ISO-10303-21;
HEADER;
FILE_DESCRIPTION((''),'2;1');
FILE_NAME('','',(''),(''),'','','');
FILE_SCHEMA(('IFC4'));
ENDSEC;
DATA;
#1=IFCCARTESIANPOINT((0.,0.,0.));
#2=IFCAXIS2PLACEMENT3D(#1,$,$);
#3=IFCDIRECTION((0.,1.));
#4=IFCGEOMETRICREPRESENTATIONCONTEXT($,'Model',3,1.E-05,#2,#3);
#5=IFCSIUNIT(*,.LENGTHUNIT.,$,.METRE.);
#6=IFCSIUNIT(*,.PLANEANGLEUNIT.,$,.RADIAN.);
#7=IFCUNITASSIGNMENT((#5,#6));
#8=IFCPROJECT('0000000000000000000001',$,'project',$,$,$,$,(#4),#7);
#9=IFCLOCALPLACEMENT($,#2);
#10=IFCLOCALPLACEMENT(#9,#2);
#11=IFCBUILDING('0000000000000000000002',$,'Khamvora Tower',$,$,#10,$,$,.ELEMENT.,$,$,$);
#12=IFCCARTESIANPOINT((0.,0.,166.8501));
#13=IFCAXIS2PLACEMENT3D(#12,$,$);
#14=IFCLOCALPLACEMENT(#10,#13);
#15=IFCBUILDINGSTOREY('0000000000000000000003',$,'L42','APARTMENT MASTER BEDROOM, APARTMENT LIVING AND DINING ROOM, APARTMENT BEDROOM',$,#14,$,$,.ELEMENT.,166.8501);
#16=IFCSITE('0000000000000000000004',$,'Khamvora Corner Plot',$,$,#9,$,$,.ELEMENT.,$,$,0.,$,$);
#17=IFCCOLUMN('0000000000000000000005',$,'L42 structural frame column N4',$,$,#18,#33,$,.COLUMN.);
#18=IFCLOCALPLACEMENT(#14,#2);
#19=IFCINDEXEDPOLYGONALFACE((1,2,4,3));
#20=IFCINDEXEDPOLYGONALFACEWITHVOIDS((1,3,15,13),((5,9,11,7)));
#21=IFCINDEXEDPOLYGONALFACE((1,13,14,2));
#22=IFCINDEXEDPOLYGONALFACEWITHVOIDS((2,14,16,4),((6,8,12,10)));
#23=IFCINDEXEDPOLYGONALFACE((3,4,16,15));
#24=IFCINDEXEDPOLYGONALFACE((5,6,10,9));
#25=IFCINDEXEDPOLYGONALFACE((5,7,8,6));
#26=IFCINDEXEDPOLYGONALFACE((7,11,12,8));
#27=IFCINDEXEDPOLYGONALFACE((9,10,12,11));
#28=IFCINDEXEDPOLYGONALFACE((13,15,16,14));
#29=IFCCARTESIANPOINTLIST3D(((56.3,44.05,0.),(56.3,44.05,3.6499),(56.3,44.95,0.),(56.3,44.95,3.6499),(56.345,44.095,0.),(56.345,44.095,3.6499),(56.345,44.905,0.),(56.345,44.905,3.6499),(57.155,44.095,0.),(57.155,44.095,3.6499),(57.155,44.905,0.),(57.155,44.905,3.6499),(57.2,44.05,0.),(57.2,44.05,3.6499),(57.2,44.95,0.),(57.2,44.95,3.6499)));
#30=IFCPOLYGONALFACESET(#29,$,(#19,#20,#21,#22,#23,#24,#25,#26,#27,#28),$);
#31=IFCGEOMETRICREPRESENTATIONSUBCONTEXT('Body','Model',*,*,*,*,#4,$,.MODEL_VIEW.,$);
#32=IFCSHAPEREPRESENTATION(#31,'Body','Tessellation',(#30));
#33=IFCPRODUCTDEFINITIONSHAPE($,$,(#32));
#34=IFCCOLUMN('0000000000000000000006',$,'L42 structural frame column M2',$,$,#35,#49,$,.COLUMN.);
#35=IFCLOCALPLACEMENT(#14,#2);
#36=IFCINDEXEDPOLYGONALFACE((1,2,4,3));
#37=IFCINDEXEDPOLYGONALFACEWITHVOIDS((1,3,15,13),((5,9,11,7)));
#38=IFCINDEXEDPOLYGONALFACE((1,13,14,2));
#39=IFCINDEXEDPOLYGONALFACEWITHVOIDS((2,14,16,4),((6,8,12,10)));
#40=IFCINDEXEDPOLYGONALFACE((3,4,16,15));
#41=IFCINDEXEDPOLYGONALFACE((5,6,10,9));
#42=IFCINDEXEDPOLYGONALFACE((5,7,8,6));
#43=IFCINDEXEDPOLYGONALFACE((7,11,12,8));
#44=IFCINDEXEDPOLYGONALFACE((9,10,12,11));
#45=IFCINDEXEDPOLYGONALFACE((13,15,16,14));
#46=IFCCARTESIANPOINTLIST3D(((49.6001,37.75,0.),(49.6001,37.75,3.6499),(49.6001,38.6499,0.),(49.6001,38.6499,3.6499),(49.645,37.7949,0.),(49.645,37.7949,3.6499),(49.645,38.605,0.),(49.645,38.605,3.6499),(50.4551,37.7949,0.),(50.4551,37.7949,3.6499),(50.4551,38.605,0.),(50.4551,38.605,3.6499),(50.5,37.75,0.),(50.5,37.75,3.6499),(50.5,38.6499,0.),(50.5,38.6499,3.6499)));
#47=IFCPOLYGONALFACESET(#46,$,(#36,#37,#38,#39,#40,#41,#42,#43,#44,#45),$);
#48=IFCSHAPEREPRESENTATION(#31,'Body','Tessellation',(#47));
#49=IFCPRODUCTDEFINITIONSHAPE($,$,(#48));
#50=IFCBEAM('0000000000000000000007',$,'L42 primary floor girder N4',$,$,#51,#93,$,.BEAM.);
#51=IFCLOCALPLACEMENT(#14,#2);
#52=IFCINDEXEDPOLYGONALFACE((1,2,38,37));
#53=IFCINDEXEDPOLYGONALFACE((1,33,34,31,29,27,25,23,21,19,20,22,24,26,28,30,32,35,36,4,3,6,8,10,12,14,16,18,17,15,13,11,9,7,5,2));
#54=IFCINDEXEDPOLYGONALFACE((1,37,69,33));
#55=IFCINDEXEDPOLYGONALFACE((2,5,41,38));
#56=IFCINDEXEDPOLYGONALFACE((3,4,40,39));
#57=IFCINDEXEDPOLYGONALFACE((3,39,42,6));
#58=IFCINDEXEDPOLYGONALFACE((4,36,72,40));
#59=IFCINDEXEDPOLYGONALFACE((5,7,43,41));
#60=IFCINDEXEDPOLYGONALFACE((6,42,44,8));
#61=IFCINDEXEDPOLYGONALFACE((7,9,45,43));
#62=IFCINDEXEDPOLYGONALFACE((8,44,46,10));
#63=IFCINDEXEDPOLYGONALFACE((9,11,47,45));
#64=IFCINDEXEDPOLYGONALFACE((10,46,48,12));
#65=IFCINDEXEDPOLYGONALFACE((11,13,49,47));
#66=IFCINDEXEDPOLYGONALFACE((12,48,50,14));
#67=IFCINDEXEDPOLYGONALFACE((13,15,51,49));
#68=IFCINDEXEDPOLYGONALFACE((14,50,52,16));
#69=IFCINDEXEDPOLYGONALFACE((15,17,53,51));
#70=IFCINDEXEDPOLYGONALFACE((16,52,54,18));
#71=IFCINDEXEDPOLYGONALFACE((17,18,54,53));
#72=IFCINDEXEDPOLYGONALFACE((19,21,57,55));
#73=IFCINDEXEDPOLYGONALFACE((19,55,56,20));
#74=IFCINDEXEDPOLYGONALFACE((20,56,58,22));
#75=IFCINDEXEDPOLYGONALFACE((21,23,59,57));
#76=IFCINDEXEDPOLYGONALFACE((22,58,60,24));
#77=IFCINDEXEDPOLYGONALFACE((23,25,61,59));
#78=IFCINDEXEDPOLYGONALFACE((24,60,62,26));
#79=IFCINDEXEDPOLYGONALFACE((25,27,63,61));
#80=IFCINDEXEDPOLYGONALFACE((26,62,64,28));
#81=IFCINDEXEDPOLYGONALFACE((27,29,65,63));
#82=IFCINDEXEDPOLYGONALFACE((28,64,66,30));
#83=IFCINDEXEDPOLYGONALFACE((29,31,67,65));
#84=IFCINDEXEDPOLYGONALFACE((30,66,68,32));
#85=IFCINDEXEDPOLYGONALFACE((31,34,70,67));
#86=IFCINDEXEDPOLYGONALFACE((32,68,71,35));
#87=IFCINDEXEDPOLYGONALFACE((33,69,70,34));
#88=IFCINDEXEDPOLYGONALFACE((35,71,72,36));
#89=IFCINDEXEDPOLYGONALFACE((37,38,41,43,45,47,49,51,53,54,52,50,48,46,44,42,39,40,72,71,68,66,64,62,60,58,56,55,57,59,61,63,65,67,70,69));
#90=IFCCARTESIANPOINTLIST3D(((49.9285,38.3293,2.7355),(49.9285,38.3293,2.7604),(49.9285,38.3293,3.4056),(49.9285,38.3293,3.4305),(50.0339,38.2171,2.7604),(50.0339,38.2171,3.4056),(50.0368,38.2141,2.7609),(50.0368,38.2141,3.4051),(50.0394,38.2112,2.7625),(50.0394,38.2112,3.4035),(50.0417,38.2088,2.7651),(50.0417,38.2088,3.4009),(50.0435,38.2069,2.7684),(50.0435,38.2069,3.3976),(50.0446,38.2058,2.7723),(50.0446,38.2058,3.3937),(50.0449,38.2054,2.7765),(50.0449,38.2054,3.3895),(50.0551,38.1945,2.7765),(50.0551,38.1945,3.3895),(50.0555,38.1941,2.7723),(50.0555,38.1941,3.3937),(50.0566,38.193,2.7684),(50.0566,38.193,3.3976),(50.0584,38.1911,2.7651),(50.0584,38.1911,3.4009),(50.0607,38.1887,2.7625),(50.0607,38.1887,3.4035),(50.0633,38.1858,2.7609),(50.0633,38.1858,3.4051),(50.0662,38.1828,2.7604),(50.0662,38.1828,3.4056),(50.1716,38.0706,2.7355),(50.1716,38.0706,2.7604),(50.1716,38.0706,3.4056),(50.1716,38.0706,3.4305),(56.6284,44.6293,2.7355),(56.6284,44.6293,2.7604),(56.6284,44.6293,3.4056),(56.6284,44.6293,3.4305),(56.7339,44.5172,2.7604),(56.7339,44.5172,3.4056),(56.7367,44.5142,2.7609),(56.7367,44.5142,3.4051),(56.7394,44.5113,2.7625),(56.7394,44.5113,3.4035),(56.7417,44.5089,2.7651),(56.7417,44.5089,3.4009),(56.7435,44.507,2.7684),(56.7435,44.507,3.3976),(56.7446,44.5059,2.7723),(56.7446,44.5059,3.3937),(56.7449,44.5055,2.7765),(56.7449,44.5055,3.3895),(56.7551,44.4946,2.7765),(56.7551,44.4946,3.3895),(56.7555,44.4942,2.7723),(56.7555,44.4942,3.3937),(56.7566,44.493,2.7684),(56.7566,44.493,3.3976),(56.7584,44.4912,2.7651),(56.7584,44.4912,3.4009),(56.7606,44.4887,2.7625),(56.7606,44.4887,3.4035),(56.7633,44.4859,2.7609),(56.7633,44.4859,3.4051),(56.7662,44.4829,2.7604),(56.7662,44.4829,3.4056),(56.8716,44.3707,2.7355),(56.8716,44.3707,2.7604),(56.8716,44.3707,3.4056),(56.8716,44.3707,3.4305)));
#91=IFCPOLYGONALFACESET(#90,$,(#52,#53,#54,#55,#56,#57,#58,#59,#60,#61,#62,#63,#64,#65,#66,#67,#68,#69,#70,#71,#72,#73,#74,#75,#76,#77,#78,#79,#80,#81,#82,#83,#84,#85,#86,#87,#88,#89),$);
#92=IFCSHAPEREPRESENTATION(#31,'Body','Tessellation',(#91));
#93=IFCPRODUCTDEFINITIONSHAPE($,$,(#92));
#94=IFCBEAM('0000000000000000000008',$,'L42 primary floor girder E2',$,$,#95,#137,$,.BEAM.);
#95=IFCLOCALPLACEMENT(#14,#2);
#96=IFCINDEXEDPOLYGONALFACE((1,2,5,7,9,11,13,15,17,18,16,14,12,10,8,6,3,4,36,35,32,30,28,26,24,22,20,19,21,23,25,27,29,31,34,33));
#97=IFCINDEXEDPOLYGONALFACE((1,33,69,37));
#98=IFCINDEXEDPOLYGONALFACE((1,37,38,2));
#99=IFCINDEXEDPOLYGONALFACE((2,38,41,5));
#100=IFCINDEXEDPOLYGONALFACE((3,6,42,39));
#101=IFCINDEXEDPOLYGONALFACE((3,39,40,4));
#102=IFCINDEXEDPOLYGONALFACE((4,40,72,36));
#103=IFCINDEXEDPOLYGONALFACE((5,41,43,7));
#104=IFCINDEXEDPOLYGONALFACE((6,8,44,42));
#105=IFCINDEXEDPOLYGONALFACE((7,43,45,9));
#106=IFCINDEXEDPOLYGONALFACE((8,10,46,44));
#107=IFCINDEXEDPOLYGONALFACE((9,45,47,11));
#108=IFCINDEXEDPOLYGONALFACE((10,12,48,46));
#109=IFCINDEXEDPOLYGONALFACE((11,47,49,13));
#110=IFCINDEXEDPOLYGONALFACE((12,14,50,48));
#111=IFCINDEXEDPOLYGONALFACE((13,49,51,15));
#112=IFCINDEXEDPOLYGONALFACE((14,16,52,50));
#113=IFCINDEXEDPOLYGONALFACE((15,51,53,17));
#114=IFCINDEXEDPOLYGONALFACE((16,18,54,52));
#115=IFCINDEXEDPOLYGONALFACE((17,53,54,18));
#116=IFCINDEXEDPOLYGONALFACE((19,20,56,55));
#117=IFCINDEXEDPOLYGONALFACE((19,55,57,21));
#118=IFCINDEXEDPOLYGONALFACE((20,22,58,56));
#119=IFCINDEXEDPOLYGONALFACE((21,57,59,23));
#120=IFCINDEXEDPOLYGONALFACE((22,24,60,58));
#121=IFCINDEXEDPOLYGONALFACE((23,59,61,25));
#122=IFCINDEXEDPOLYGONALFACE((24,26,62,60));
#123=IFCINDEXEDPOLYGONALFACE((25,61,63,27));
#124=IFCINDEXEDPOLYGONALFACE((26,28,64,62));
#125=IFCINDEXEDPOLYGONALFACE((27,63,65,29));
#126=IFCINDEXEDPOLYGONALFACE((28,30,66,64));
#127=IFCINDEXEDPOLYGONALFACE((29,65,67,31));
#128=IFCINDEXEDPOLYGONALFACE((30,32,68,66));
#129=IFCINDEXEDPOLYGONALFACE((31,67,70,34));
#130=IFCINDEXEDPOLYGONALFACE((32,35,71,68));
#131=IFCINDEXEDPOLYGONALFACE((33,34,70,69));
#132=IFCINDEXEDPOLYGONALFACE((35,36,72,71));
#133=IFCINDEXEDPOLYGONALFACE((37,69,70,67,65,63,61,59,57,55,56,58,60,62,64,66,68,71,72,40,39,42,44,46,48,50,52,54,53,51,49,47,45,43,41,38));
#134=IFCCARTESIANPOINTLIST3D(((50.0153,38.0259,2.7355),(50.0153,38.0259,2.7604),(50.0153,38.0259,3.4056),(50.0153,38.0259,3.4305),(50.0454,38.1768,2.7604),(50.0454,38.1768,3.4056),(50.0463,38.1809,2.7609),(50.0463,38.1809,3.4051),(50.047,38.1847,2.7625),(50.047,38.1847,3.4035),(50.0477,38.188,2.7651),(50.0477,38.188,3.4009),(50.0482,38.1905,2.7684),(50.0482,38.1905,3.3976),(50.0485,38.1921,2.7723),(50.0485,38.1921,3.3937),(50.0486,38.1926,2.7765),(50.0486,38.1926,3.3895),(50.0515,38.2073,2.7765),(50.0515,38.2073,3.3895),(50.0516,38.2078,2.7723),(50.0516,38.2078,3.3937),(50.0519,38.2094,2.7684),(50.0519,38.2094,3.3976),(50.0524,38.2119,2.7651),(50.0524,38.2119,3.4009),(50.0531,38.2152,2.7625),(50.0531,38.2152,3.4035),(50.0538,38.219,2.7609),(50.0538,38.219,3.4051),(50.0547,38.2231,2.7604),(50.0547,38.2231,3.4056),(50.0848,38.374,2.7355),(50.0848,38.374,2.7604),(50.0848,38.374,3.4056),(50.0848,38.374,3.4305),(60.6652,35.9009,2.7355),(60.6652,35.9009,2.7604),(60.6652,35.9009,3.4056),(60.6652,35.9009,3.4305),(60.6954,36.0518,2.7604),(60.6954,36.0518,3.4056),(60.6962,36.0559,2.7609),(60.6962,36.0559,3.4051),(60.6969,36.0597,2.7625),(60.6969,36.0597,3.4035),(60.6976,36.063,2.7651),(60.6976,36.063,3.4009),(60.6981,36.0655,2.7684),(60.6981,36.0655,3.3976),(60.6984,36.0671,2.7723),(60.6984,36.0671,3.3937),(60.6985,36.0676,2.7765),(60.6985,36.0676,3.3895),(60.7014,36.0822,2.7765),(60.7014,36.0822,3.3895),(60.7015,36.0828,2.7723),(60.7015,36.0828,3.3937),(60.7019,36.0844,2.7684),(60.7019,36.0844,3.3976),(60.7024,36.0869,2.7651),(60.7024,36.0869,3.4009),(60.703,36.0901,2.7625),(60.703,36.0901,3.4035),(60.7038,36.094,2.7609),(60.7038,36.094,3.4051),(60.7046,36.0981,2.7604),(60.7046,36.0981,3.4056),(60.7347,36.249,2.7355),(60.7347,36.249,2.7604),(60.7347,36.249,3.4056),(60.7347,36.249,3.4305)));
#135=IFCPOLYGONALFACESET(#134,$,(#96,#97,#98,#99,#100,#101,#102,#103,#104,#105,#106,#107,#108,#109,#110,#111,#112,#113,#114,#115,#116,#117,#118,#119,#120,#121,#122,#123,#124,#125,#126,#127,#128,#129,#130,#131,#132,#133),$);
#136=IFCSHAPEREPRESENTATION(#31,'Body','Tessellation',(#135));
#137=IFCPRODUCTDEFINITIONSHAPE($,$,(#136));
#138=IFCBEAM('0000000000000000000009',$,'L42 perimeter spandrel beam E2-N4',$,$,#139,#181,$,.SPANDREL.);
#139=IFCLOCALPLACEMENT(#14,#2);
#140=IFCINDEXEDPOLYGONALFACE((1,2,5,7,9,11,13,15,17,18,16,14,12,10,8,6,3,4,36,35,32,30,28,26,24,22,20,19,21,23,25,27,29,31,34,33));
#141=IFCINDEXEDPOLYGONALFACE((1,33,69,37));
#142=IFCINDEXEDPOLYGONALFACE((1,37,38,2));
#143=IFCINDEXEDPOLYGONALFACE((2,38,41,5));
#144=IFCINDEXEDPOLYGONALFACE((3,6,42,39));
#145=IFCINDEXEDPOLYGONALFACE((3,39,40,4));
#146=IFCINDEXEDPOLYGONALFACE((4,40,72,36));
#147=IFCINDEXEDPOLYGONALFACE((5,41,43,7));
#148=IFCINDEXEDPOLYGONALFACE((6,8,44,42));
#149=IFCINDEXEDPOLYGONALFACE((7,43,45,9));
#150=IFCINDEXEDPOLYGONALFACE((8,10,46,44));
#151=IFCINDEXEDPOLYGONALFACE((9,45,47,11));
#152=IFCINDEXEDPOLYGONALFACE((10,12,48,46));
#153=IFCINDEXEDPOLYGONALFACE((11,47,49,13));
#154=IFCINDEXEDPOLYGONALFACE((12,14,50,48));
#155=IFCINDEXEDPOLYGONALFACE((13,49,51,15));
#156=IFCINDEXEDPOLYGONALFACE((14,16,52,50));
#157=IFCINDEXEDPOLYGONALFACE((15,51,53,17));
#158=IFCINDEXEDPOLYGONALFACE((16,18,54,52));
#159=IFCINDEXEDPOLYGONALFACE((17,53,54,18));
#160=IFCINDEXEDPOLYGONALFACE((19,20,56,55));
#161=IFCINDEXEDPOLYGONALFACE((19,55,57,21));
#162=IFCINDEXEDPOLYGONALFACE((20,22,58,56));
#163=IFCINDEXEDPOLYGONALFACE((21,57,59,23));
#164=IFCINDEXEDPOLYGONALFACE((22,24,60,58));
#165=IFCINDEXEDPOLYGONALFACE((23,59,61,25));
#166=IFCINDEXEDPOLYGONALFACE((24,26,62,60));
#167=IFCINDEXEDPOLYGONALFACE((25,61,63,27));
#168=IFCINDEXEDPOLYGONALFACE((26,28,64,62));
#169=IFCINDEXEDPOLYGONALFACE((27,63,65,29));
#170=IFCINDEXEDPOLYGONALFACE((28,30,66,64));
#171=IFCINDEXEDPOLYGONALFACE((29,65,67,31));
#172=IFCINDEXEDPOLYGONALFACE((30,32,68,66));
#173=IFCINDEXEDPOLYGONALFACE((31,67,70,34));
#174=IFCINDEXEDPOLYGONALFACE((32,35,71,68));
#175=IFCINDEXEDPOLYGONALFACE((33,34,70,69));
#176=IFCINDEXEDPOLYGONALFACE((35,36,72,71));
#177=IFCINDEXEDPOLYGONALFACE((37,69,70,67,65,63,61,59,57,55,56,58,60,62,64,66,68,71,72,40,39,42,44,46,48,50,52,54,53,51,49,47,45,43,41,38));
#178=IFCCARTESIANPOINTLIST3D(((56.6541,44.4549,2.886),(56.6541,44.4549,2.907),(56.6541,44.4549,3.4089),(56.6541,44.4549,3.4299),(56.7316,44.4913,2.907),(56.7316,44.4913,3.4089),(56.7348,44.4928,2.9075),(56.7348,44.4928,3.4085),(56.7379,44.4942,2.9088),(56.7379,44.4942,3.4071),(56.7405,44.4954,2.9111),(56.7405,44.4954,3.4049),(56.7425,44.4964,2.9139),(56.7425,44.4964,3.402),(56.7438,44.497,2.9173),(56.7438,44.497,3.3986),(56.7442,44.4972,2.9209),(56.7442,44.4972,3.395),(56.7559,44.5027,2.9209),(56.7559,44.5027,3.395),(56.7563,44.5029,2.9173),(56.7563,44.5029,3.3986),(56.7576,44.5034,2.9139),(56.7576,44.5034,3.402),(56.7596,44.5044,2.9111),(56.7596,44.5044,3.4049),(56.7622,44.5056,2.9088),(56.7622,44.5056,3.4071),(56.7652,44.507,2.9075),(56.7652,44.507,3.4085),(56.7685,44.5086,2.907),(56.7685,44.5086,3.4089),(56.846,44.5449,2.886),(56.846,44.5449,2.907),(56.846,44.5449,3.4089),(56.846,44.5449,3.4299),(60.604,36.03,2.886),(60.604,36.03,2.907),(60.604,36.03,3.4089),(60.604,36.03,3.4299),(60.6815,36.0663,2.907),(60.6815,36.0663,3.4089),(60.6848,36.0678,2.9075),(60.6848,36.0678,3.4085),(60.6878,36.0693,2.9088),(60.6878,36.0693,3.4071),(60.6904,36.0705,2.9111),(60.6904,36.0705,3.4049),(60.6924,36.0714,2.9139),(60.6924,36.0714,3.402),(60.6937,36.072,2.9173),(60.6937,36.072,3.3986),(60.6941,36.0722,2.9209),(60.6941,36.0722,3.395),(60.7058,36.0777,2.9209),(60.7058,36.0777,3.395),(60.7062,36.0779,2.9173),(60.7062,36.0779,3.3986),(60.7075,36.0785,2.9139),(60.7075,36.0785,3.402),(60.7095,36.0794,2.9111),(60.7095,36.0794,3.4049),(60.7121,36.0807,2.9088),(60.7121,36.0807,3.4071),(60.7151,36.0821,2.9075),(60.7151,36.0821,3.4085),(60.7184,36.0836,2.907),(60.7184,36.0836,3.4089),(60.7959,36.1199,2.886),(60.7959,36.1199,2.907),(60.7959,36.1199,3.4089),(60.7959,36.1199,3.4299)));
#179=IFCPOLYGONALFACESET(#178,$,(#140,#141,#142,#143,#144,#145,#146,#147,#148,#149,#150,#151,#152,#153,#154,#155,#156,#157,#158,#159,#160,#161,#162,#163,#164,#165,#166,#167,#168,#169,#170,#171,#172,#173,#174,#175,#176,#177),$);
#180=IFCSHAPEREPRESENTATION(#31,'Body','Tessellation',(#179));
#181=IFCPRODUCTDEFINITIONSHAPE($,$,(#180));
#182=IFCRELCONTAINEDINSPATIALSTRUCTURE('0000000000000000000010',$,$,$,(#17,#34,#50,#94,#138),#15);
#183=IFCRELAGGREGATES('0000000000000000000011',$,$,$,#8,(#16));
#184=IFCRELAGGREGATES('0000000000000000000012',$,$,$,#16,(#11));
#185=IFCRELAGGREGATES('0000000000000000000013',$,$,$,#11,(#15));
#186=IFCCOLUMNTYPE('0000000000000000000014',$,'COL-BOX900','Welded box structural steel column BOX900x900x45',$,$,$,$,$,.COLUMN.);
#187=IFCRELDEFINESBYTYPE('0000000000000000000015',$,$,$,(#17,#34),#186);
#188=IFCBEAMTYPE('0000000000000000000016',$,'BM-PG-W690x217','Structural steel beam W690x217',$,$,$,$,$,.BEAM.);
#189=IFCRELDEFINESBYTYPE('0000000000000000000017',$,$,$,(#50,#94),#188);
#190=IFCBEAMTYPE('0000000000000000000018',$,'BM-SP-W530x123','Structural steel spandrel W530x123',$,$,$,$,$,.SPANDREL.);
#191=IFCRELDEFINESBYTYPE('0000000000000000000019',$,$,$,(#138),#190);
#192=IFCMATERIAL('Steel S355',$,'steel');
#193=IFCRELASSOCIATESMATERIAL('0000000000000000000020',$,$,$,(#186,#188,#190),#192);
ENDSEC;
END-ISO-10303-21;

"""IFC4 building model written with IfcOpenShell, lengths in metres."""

from ifc_helpers import new_model, si_unit, direction, frame, origin, origin_2d, place, context, subcontext, project, spatial, hollow_rectangle, i_section, extrude, material, material_profile, profile_set, type_object, element, save


model = new_model("IFC4")

# Units and contexts
model_context = context("Model", 3, precision=1e-05, world=origin(), true_north=direction((0.0, 1.0)))
body_context = subcontext(model_context, "Body", "Model", "MODEL_VIEW")
ifc_project = project(units=[si_unit("LENGTHUNIT", "METRE"), si_unit("PLANEANGLEUNIT", "RADIAN")], contexts=[model_context])

# Site, building, storey
site_placement = place(None, origin())
site = spatial("IfcSite", under=ifc_project, at=site_placement, Name="Khamvora Corner Plot", CompositionType="ELEMENT", RefElevation=0.0)
building_placement = place(site_placement, origin())
building = spatial("IfcBuilding", under=site, at=building_placement, Name="Khamvora Tower", CompositionType="ELEMENT")
storey_placement = place(building_placement, frame((0.0, 0.0, 166.8501)))
storey = spatial("IfcBuildingStorey", under=building, at=storey_placement, Name="L42", Description="APARTMENT MASTER BEDROOM, APARTMENT LIVING AND DINING ROOM, APARTMENT BEDROOM", CompositionType="ELEMENT", Elevation=166.8501)

# Columns
ifc_material_1 = material(Name="Steel S355", Category="steel")
ifc_material_profile_1 = material_profile(ifc_material_1, hollow_rectangle(XDim=0.8999, YDim=0.8999, WallThickness=0.0449, at=origin_2d()), Name="BOX900x900x45")
ifc_profile_set_1 = profile_set([ifc_material_profile_1], Name="Steel S355")
column_type = type_object("IfcColumnType", Name="COL-BOX900", Description="Welded box structural steel column BOX900x900x45", PredefinedType="COLUMN", material=ifc_profile_set_1)
for number, where, z_axis, x_axis, name in (
    (1, (56.75, 44.5, 0.0), (0.0, 0.0, 1.0), (1.0, 0.0, 0.0), "L42 structural frame column N4"),
    (2, (50.05, 38.2, 0.0), (0.0, 0.0, 1.0), (1.0, 0.0, 0.0), "L42 structural frame column M2"),
):
    element("IfcColumn", number, at=place(storey_placement, frame(where, z_axis=z_axis, x_axis=x_axis)), inside=storey, type_object=column_type, Name=name, PredefinedType="COLUMN", context=body_context, shape_type="SweptSolid", body=[
        extrude(hollow_rectangle(XDim=0.8999, YDim=0.8999, WallThickness=0.0449, at=origin_2d()), origin(), (0.0, 0.0, 1.0), 3.6499),
    ])

# Beams
ifc_material_profile_2 = material_profile(ifc_material_1, i_section(OverallWidth=0.355, OverallDepth=0.6951, WebThickness=0.0149, FlangeThickness=0.0249, FilletRadius=0.0161, at=origin_2d()), Name="W690x217")
ifc_profile_set_2 = profile_set([ifc_material_profile_2], Name="Steel S355")
beam_type_1 = type_object("IfcBeamType", Name="BM-PG-W690x217", Description="Structural steel beam W690x217", PredefinedType="BEAM", material=ifc_profile_set_2)
beam_1_placement = place(storey_placement, frame((50.05, 38.2, 3.083), z_axis=(0.728514, 0.685031, 0.0), x_axis=(-0.685031, 0.728514, 0.0)))
element("IfcBeam", 3, at=beam_1_placement, inside=storey, type_object=beam_type_1, Name="L42 primary floor girder N4", PredefinedType="BEAM", context=body_context, shape_type="SweptSolid", body=[
    extrude(i_section(OverallWidth=0.355, OverallDepth=0.6951, WebThickness=0.0149, FlangeThickness=0.0249, FilletRadius=0.0161, at=origin_2d()), origin(), (0.0, 0.0, 1.0), 9.1968),
])
beam_2_placement = place(storey_placement, frame((50.05, 38.2, 3.083), z_axis=(0.980669, -0.195675, 0.0), x_axis=(0.195675, 0.980669, 0.0)))
element("IfcBeam", 4, at=beam_2_placement, inside=storey, type_object=beam_type_1, Name="L42 primary floor girder E2", PredefinedType="BEAM", context=body_context, shape_type="SweptSolid", body=[
    extrude(i_section(OverallWidth=0.355, OverallDepth=0.6951, WebThickness=0.0149, FlangeThickness=0.0249, FilletRadius=0.0161, at=origin_2d()), origin(), (0.0, 0.0, 1.0), 10.8599),
])
ifc_material_profile_3 = material_profile(ifc_material_1, i_section(OverallWidth=0.2119, OverallDepth=0.5439, WebThickness=0.0129, FlangeThickness=0.021, FilletRadius=0.0139, at=origin_2d()), Name="W530x123")
ifc_profile_set_3 = profile_set([ifc_material_profile_3], Name="Steel S355")
beam_type_2 = type_object("IfcBeamType", Name="BM-SP-W530x123", Description="Structural steel spandrel W530x123", PredefinedType="SPANDREL", material=ifc_profile_set_3)
beam_3_placement = place(storey_placement, frame((60.7, 36.075, 3.158), z_axis=(-0.424496, 0.90543, 0.0), x_axis=(-0.90543, -0.424496, 0.0)))
element("IfcBeam", 5, at=beam_3_placement, inside=storey, type_object=beam_type_2, Name="L42 perimeter spandrel beam E2-N4", PredefinedType="SPANDREL", context=body_context, shape_type="SweptSolid", body=[
    extrude(i_section(OverallWidth=0.2119, OverallDepth=0.5439, WebThickness=0.0129, FlangeThickness=0.021, FilletRadius=0.0139, at=origin_2d()), origin(), (0.0, 0.0, 1.0), 9.3049),
])

save(model, "model.ifc")
